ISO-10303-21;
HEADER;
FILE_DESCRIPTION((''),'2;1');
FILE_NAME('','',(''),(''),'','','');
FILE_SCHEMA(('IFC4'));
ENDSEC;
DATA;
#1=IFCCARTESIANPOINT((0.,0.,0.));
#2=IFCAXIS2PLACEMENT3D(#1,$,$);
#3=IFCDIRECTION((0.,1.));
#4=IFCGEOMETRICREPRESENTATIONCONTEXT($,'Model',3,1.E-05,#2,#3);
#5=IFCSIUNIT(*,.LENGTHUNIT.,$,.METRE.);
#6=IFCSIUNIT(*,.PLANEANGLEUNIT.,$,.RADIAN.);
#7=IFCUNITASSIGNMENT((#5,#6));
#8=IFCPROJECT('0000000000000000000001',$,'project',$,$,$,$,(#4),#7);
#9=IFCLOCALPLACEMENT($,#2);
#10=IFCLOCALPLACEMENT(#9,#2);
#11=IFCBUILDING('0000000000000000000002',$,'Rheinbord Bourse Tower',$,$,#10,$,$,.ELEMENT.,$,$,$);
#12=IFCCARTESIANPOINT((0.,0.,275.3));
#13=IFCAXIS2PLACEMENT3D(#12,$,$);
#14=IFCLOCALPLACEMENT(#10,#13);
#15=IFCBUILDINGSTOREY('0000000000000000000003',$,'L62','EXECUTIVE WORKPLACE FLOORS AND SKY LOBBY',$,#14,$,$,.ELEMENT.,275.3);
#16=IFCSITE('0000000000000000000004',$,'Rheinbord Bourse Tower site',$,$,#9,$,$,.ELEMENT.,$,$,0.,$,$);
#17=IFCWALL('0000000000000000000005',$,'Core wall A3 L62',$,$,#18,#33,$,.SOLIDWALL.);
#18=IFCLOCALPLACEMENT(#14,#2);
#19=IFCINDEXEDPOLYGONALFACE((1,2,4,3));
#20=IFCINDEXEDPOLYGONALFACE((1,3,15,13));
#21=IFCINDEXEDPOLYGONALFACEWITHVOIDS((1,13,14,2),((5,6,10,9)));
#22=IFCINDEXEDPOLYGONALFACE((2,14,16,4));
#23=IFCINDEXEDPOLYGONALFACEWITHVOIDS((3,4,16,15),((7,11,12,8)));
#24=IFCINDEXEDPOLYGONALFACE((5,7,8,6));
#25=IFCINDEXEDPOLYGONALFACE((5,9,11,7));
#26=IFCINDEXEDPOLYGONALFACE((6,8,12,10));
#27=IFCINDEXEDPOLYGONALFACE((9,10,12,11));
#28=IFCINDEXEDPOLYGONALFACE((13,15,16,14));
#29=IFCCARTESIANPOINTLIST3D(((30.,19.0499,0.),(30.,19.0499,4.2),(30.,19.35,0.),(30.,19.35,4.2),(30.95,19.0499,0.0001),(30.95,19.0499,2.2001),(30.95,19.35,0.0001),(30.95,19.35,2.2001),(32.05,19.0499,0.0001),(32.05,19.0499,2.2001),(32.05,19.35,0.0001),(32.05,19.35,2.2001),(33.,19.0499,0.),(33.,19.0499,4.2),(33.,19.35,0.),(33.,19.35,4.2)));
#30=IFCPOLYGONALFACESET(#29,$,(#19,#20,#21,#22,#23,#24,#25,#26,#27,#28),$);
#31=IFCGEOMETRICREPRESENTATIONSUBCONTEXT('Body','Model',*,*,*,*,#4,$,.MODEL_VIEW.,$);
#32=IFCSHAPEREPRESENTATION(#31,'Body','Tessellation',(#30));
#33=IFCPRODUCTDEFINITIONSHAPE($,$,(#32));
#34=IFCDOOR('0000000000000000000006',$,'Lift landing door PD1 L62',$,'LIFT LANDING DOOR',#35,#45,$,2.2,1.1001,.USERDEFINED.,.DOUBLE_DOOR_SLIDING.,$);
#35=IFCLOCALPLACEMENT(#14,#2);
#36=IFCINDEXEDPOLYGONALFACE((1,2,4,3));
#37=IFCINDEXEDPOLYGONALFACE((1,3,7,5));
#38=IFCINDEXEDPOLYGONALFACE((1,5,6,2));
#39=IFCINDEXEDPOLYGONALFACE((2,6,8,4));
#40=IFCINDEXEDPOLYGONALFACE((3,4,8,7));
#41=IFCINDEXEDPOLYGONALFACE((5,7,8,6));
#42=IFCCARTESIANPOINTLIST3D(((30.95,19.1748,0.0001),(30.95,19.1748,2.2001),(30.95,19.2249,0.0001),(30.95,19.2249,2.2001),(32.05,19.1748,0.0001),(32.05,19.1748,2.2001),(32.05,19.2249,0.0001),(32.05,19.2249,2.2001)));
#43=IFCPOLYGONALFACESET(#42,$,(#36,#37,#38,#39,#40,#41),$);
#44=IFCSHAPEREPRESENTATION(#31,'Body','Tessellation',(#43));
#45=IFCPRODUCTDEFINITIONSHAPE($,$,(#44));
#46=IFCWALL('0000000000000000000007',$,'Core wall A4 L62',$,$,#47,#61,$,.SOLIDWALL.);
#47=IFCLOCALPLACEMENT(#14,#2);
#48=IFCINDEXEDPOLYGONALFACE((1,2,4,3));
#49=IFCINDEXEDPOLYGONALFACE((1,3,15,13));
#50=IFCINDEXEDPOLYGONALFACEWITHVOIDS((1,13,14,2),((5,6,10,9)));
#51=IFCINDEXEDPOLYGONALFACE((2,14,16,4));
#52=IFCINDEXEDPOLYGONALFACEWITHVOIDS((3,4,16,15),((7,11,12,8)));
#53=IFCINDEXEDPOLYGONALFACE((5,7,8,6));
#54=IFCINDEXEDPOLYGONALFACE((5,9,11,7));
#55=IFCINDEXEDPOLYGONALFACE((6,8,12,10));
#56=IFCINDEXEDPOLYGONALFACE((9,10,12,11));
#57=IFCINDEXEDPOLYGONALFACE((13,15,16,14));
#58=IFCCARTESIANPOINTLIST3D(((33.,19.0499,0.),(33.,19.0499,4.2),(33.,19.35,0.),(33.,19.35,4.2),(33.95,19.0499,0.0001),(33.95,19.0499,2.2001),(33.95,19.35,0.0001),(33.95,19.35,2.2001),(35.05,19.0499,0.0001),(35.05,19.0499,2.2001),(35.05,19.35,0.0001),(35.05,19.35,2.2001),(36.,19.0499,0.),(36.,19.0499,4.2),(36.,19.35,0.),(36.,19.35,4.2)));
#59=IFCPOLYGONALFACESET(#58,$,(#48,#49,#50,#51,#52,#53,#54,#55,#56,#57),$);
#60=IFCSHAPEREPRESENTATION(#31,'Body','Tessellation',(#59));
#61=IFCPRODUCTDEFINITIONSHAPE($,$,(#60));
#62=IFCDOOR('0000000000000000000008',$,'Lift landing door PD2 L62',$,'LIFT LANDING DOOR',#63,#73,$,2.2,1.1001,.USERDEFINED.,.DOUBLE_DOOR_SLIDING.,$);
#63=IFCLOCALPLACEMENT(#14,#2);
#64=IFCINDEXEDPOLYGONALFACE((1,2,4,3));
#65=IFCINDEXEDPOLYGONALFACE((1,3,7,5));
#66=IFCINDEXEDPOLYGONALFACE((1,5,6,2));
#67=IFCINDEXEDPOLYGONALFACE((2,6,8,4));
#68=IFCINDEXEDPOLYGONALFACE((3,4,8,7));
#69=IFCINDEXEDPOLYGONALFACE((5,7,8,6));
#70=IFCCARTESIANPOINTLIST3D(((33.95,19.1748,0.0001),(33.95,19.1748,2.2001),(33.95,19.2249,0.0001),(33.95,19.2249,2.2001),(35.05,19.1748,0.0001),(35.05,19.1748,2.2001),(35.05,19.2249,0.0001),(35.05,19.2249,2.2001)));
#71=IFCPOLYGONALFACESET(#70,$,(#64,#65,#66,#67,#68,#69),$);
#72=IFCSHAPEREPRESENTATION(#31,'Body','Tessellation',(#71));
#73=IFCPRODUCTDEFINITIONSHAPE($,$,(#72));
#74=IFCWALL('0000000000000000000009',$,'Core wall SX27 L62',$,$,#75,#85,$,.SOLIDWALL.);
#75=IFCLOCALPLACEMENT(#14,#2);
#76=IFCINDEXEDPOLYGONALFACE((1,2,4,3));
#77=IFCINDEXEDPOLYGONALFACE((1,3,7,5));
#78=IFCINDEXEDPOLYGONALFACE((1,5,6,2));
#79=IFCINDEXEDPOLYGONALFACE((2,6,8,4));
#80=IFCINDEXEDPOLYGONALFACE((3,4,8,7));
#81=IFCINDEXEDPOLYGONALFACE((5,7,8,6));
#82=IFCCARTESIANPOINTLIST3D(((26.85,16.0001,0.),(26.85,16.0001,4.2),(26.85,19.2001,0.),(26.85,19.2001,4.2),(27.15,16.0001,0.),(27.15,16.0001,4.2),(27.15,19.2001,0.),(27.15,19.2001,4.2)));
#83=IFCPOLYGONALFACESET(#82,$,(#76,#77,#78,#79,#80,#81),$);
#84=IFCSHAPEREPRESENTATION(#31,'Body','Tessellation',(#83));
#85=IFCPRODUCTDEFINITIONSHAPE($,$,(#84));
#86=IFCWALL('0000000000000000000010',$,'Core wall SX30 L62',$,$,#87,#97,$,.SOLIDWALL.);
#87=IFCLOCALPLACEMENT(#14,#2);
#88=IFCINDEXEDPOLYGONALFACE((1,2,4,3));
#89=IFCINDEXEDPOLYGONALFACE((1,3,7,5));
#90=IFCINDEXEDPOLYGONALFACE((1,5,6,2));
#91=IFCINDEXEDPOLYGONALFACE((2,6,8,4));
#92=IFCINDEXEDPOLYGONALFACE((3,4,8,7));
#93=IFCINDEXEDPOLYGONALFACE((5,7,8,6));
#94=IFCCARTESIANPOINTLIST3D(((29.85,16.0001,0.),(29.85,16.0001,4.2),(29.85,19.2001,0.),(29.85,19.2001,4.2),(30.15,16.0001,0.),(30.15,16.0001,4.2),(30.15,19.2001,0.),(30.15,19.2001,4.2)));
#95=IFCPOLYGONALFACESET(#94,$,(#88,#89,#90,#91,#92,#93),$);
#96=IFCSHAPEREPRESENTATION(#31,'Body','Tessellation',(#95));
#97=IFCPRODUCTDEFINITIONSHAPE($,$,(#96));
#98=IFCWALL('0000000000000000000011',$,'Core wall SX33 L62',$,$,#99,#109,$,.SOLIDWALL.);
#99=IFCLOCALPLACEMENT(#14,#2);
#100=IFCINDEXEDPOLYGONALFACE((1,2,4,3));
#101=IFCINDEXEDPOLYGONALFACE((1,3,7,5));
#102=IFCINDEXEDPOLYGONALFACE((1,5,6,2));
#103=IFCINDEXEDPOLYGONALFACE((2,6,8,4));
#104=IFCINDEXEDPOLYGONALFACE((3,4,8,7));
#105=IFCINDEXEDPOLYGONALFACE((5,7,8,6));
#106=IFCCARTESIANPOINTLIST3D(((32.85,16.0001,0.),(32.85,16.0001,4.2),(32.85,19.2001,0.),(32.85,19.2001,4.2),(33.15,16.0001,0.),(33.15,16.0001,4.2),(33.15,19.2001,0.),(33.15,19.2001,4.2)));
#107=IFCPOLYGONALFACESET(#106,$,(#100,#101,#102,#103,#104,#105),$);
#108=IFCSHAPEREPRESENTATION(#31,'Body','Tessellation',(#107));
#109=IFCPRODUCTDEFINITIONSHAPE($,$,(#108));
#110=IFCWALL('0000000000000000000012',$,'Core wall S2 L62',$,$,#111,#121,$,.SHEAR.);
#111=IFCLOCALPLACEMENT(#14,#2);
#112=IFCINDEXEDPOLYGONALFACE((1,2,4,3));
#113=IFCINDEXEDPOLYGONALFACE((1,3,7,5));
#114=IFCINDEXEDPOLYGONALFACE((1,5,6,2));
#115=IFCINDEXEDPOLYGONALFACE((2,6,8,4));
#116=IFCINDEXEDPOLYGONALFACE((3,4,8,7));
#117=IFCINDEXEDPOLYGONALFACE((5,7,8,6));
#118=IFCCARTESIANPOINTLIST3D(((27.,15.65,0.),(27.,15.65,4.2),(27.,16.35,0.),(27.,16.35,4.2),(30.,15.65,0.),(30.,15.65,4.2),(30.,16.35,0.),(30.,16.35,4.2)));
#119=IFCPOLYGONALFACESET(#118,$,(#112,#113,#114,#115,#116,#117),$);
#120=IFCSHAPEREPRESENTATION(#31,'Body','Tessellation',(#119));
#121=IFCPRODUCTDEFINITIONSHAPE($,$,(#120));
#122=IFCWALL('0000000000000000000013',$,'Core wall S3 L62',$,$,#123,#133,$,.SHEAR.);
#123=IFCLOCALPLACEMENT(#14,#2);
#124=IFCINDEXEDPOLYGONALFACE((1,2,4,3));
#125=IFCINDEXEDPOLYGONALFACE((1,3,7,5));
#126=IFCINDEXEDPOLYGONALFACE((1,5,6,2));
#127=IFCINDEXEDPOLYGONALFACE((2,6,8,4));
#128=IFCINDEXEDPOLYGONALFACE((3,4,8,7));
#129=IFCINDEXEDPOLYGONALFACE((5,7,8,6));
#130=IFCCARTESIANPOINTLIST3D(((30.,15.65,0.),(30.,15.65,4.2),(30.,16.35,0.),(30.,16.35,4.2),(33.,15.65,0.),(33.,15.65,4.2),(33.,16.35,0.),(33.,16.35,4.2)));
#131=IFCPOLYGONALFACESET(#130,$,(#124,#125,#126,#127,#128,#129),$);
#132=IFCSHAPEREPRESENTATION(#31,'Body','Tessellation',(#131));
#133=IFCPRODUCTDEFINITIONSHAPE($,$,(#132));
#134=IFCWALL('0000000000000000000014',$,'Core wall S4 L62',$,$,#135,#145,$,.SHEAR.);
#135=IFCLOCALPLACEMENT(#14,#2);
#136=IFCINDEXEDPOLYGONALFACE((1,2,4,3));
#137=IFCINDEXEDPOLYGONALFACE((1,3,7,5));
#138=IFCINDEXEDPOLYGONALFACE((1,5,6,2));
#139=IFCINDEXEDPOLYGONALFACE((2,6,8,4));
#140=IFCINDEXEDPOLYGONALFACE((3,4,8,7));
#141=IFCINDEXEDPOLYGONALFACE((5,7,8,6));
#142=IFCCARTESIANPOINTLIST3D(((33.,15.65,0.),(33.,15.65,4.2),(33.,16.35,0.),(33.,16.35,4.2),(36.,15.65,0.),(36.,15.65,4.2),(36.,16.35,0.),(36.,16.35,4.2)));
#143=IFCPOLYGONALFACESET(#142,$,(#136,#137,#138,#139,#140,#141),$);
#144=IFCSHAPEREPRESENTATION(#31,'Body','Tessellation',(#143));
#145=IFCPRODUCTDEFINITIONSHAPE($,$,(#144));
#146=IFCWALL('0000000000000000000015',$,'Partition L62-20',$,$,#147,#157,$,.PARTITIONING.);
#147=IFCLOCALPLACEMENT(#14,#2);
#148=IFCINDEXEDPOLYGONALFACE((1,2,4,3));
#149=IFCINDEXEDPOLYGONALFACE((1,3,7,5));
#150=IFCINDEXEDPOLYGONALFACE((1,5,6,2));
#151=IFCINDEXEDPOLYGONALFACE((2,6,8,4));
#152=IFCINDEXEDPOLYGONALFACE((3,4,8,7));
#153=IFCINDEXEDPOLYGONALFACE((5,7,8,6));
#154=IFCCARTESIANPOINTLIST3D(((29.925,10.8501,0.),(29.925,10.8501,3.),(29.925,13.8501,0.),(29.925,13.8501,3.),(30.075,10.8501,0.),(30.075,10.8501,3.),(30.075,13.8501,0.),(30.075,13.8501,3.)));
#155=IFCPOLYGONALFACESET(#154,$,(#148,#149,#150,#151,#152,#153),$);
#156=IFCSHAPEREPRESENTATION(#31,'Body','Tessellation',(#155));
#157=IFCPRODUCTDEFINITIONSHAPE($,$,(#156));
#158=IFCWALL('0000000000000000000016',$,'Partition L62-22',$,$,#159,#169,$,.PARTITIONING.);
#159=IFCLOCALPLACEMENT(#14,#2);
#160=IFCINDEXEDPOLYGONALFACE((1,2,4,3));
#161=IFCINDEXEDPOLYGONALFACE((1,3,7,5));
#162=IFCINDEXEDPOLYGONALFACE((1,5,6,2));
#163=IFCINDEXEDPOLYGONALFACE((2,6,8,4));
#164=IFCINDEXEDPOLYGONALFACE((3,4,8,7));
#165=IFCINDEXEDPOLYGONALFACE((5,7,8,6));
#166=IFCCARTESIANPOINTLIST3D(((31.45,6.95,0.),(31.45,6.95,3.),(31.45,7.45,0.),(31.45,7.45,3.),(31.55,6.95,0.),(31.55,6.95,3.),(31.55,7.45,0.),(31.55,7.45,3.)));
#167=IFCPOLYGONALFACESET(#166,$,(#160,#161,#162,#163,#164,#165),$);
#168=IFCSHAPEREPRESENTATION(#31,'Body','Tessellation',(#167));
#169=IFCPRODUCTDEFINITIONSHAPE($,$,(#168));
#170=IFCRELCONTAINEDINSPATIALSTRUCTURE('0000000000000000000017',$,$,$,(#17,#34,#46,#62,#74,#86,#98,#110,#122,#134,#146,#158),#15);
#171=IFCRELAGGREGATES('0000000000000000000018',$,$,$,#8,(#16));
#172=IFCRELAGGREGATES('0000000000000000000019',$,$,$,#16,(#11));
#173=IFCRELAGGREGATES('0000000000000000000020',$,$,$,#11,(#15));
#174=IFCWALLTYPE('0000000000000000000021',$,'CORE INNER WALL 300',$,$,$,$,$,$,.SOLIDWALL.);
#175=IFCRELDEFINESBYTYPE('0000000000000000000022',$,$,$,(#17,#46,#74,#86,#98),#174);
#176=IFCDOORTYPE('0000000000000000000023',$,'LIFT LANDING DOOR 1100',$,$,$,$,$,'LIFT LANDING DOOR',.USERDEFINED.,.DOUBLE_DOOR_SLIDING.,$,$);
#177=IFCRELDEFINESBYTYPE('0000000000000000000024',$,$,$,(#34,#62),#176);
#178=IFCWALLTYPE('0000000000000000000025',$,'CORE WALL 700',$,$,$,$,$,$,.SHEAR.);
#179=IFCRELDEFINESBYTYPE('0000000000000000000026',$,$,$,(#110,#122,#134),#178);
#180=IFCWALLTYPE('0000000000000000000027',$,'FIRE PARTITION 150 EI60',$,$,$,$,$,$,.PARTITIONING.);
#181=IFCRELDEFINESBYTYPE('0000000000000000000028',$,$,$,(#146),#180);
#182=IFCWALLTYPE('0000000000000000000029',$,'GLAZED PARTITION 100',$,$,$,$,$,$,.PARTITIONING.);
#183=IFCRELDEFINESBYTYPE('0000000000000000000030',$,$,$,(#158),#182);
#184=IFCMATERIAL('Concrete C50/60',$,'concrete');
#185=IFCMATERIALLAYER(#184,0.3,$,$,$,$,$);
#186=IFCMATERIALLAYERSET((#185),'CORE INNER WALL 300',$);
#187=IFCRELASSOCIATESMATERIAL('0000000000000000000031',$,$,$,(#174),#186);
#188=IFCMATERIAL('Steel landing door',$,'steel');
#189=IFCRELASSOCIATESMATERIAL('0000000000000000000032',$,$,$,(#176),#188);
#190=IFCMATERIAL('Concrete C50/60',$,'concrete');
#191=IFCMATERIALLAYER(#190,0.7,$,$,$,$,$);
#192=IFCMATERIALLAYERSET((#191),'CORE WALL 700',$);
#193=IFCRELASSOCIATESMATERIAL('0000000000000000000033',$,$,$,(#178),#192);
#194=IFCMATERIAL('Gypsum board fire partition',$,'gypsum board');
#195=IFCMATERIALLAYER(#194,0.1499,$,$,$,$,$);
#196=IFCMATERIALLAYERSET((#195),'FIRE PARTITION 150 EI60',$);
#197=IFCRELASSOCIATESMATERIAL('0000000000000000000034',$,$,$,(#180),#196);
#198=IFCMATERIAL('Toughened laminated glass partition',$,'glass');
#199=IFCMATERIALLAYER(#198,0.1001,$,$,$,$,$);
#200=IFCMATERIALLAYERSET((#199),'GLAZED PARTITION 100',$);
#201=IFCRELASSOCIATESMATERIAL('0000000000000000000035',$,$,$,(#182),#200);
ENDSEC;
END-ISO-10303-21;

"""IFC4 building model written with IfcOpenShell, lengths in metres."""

from ifc_helpers import new_model, si_unit, direction, frame, frame_2d, origin, place, context, subcontext, project, spatial, rectangle, extrude, material, layer, layer_set, type_object, element, fill, save


model = new_model("IFC4")

# Units and contexts
model_context = context("Model", 3, precision=1e-05, world=origin(), true_north=direction((0.0, 1.0)))
body_context = subcontext(model_context, "Body", "Model", "MODEL_VIEW")
ifc_project = project(units=[si_unit("LENGTHUNIT", "METRE"), si_unit("PLANEANGLEUNIT", "RADIAN")], contexts=[model_context])

# Site, building, storey
site_placement = place(None, origin())
site = spatial("IfcSite", under=ifc_project, at=site_placement, Name="Rheinbord Bourse Tower site", CompositionType="ELEMENT", RefElevation=0.0)
building_placement = place(site_placement, origin())
building = spatial("IfcBuilding", under=site, at=building_placement, Name="Rheinbord Bourse Tower", CompositionType="ELEMENT")
storey_placement = place(building_placement, frame((0.0, 0.0, 275.3)))
storey = spatial("IfcBuildingStorey", under=building, at=storey_placement, Name="L62", Description="EXECUTIVE WORKPLACE FLOORS AND SKY LOBBY", CompositionType="ELEMENT", Elevation=275.3)

# Walls, openings, doors
ifc_material_1 = material(Name="Concrete C50/60", Category="concrete")
ifc_layer_1 = layer(ifc_material_1, 0.3)
ifc_layer_set_1 = layer_set([ifc_layer_1], Name="CORE INNER WALL 300")
wall_type_1 = type_object("IfcWallType", Name="CORE INNER WALL 300", PredefinedType="SOLIDWALL", material=ifc_layer_set_1)
ifc_material_2 = material(Name="Steel landing door", Category="steel")
door_type_1 = type_object("IfcDoorType", Name="LIFT LANDING DOOR 1100", ElementType="LIFT LANDING DOOR", OperationType="DOUBLE_DOOR_SLIDING", PredefinedType="USERDEFINED", material=ifc_material_2)
wall_1_placement = place(storey_placement, frame((30.0, 19.2, 0.0), z_axis=(0.0, 0.0, 1.0), x_axis=(1.0, 0.0, 0.0)))
wall_1 = element("IfcWall", 1, at=wall_1_placement, inside=storey, type_object=wall_type_1, Name="Core wall A3 L62", PredefinedType="SOLIDWALL", context=body_context, shape_type="SweptSolid", body=[
    extrude(rectangle(XDim=3.0, YDim=0.3, at=frame_2d((1.5, 0.0))), origin(), (0.0, 0.0, 1.0), 4.2),
])
opening_1_placement = place(wall_1_placement, frame((0.95, 0.0, 0.0)))
opening_1 = element("IfcOpeningElement", 2, at=opening_1_placement, cuts=wall_1, PredefinedType="OPENING", context=body_context, shape_type="SweptSolid", body=[
    extrude(rectangle(XDim=1.1001, YDim=2.2, at=frame_2d((0.55, 1.1001))), frame((0.0, 0.1599, 0.0), z_axis=(0.0, -1.0, 0.0), x_axis=(1.0, 0.0, 0.0)), (0.0, 0.0, 1.0), 0.3201),
])
door_1_placement = place(opening_1_placement, origin())
door_1 = element("IfcDoor", 3, at=door_1_placement, inside=storey, type_object=door_type_1, Name="Lift landing door PD1 L62", ObjectType="LIFT LANDING DOOR", OperationType="DOUBLE_DOOR_SLIDING", OverallHeight=2.2, OverallWidth=1.1001, PredefinedType="USERDEFINED", context=body_context, shape_type="SweptSolid", body=[
    extrude(rectangle(XDim=1.1001, YDim=2.2, at=frame_2d((0.55, 1.1001))), frame((0.0, 0.0249, 0.0), z_axis=(0.0, -1.0, 0.0), x_axis=(1.0, 0.0, 0.0)), (0.0, 0.0, 1.0), 0.05),
])
fill(opening_1, door_1)
wall_2_placement = place(storey_placement, frame((33.0, 19.2, 0.0), z_axis=(0.0, 0.0, 1.0), x_axis=(1.0, 0.0, 0.0)))
wall_2 = element("IfcWall", 4, at=wall_2_placement, inside=storey, type_object=wall_type_1, Name="Core wall A4 L62", PredefinedType="SOLIDWALL", context=body_context, shape_type="SweptSolid", body=[
    extrude(rectangle(XDim=3.0, YDim=0.3, at=frame_2d((1.5, 0.0))), origin(), (0.0, 0.0, 1.0), 4.2),
])
opening_2_placement = place(wall_2_placement, frame((0.95, 0.0, 0.0)))
opening_2 = element("IfcOpeningElement", 5, at=opening_2_placement, cuts=wall_2, PredefinedType="OPENING", context=body_context, shape_type="SweptSolid", body=[
    extrude(rectangle(XDim=1.1001, YDim=2.2, at=frame_2d((0.55, 1.1001))), frame((0.0, 0.1599, 0.0), z_axis=(0.0, -1.0, 0.0), x_axis=(1.0, 0.0, 0.0)), (0.0, 0.0, 1.0), 0.3201),
])
door_2_placement = place(opening_2_placement, origin())
door_2 = element("IfcDoor", 6, at=door_2_placement, inside=storey, type_object=door_type_1, Name="Lift landing door PD2 L62", ObjectType="LIFT LANDING DOOR", OperationType="DOUBLE_DOOR_SLIDING", OverallHeight=2.2, OverallWidth=1.1001, PredefinedType="USERDEFINED", context=body_context, shape_type="SweptSolid", body=[
    extrude(rectangle(XDim=1.1001, YDim=2.2, at=frame_2d((0.55, 1.1001))), frame((0.0, 0.0249, 0.0), z_axis=(0.0, -1.0, 0.0), x_axis=(1.0, 0.0, 0.0)), (0.0, 0.0, 1.0), 0.05),
])
fill(opening_2, door_2)

# Walls
for number, where, z_axis, x_axis, name in (
    (7, (27.0, 16.0, 0.0), (0.0, 0.0, 1.0), (0.0, 1.0, 0.0), "Core wall SX27 L62"),
    (8, (30.0, 16.0, 0.0), (0.0, 0.0, 1.0), (0.0, 1.0, 0.0), "Core wall SX30 L62"),
    (9, (33.0, 16.0, 0.0), (0.0, 0.0, 1.0), (0.0, 1.0, 0.0), "Core wall SX33 L62"),
):
    element("IfcWall", number, at=place(storey_placement, frame(where, z_axis=z_axis, x_axis=x_axis)), inside=storey, type_object=wall_type_1, Name=name, PredefinedType="SOLIDWALL", context=body_context, shape_type="SweptSolid", body=[
        extrude(rectangle(XDim=3.2, YDim=0.3, at=frame_2d((1.6001, 0.0))), origin(), (0.0, 0.0, 1.0), 4.2),
    ])
ifc_material_3 = material(Name="Concrete C50/60", Category="concrete")
ifc_layer_2 = layer(ifc_material_3, 0.7)
ifc_layer_set_2 = layer_set([ifc_layer_2], Name="CORE WALL 700")
wall_type_2 = type_object("IfcWallType", Name="CORE WALL 700", PredefinedType="SHEAR", material=ifc_layer_set_2)
for number, where, z_axis, x_axis, name in (
    (10, (27.0, 16.0, 0.0), (0.0, 0.0, 1.0), (1.0, 0.0, 0.0), "Core wall S2 L62"),
    (11, (30.0, 16.0, 0.0), (0.0, 0.0, 1.0), (1.0, 0.0, 0.0), "Core wall S3 L62"),
    (12, (33.0, 16.0, 0.0), (0.0, 0.0, 1.0), (1.0, 0.0, 0.0), "Core wall S4 L62"),
):
    element("IfcWall", number, at=place(storey_placement, frame(where, z_axis=z_axis, x_axis=x_axis)), inside=storey, type_object=wall_type_2, Name=name, PredefinedType="SHEAR", context=body_context, shape_type="SweptSolid", body=[
        extrude(rectangle(XDim=3.0, YDim=0.7, at=frame_2d((1.5, 0.0))), origin(), (0.0, 0.0, 1.0), 4.2),
    ])
ifc_material_4 = material(Name="Gypsum board fire partition", Category="gypsum board")
ifc_layer_3 = layer(ifc_material_4, 0.1499)
ifc_layer_set_3 = layer_set([ifc_layer_3], Name="FIRE PARTITION 150 EI60")
wall_type_3 = type_object("IfcWallType", Name="FIRE PARTITION 150 EI60", PredefinedType="PARTITIONING", material=ifc_layer_set_3)
wall_3_placement = place(storey_placement, frame((30.0, 10.8501, 0.0), z_axis=(0.0, 0.0, 1.0), x_axis=(0.0, 1.0, 0.0)))
element("IfcWall", 13, at=wall_3_placement, inside=storey, type_object=wall_type_3, Name="Partition L62-20", PredefinedType="PARTITIONING", context=body_context, shape_type="SweptSolid", body=[
    extrude(rectangle(XDim=3.0, YDim=0.1499, at=frame_2d((1.5, 0.0))), origin(), (0.0, 0.0, 1.0), 3.0),
])
ifc_material_5 = material(Name="Toughened laminated glass partition", Category="glass")
ifc_layer_4 = layer(ifc_material_5, 0.1001)
ifc_layer_set_4 = layer_set([ifc_layer_4], Name="GLAZED PARTITION 100")
wall_type_4 = type_object("IfcWallType", Name="GLAZED PARTITION 100", PredefinedType="PARTITIONING", material=ifc_layer_set_4)
wall_4_placement = place(storey_placement, frame((31.5, 6.95, 0.0), z_axis=(0.0, 0.0, 1.0), x_axis=(0.0, 1.0, 0.0)))
element("IfcWall", 14, at=wall_4_placement, inside=storey, type_object=wall_type_4, Name="Partition L62-22", PredefinedType="PARTITIONING", context=body_context, shape_type="SweptSolid", body=[
    extrude(rectangle(XDim=0.5, YDim=0.1001, at=frame_2d((0.25, 0.0))), origin(), (0.0, 0.0, 1.0), 3.0),
])

save(model, "model.ifc")
